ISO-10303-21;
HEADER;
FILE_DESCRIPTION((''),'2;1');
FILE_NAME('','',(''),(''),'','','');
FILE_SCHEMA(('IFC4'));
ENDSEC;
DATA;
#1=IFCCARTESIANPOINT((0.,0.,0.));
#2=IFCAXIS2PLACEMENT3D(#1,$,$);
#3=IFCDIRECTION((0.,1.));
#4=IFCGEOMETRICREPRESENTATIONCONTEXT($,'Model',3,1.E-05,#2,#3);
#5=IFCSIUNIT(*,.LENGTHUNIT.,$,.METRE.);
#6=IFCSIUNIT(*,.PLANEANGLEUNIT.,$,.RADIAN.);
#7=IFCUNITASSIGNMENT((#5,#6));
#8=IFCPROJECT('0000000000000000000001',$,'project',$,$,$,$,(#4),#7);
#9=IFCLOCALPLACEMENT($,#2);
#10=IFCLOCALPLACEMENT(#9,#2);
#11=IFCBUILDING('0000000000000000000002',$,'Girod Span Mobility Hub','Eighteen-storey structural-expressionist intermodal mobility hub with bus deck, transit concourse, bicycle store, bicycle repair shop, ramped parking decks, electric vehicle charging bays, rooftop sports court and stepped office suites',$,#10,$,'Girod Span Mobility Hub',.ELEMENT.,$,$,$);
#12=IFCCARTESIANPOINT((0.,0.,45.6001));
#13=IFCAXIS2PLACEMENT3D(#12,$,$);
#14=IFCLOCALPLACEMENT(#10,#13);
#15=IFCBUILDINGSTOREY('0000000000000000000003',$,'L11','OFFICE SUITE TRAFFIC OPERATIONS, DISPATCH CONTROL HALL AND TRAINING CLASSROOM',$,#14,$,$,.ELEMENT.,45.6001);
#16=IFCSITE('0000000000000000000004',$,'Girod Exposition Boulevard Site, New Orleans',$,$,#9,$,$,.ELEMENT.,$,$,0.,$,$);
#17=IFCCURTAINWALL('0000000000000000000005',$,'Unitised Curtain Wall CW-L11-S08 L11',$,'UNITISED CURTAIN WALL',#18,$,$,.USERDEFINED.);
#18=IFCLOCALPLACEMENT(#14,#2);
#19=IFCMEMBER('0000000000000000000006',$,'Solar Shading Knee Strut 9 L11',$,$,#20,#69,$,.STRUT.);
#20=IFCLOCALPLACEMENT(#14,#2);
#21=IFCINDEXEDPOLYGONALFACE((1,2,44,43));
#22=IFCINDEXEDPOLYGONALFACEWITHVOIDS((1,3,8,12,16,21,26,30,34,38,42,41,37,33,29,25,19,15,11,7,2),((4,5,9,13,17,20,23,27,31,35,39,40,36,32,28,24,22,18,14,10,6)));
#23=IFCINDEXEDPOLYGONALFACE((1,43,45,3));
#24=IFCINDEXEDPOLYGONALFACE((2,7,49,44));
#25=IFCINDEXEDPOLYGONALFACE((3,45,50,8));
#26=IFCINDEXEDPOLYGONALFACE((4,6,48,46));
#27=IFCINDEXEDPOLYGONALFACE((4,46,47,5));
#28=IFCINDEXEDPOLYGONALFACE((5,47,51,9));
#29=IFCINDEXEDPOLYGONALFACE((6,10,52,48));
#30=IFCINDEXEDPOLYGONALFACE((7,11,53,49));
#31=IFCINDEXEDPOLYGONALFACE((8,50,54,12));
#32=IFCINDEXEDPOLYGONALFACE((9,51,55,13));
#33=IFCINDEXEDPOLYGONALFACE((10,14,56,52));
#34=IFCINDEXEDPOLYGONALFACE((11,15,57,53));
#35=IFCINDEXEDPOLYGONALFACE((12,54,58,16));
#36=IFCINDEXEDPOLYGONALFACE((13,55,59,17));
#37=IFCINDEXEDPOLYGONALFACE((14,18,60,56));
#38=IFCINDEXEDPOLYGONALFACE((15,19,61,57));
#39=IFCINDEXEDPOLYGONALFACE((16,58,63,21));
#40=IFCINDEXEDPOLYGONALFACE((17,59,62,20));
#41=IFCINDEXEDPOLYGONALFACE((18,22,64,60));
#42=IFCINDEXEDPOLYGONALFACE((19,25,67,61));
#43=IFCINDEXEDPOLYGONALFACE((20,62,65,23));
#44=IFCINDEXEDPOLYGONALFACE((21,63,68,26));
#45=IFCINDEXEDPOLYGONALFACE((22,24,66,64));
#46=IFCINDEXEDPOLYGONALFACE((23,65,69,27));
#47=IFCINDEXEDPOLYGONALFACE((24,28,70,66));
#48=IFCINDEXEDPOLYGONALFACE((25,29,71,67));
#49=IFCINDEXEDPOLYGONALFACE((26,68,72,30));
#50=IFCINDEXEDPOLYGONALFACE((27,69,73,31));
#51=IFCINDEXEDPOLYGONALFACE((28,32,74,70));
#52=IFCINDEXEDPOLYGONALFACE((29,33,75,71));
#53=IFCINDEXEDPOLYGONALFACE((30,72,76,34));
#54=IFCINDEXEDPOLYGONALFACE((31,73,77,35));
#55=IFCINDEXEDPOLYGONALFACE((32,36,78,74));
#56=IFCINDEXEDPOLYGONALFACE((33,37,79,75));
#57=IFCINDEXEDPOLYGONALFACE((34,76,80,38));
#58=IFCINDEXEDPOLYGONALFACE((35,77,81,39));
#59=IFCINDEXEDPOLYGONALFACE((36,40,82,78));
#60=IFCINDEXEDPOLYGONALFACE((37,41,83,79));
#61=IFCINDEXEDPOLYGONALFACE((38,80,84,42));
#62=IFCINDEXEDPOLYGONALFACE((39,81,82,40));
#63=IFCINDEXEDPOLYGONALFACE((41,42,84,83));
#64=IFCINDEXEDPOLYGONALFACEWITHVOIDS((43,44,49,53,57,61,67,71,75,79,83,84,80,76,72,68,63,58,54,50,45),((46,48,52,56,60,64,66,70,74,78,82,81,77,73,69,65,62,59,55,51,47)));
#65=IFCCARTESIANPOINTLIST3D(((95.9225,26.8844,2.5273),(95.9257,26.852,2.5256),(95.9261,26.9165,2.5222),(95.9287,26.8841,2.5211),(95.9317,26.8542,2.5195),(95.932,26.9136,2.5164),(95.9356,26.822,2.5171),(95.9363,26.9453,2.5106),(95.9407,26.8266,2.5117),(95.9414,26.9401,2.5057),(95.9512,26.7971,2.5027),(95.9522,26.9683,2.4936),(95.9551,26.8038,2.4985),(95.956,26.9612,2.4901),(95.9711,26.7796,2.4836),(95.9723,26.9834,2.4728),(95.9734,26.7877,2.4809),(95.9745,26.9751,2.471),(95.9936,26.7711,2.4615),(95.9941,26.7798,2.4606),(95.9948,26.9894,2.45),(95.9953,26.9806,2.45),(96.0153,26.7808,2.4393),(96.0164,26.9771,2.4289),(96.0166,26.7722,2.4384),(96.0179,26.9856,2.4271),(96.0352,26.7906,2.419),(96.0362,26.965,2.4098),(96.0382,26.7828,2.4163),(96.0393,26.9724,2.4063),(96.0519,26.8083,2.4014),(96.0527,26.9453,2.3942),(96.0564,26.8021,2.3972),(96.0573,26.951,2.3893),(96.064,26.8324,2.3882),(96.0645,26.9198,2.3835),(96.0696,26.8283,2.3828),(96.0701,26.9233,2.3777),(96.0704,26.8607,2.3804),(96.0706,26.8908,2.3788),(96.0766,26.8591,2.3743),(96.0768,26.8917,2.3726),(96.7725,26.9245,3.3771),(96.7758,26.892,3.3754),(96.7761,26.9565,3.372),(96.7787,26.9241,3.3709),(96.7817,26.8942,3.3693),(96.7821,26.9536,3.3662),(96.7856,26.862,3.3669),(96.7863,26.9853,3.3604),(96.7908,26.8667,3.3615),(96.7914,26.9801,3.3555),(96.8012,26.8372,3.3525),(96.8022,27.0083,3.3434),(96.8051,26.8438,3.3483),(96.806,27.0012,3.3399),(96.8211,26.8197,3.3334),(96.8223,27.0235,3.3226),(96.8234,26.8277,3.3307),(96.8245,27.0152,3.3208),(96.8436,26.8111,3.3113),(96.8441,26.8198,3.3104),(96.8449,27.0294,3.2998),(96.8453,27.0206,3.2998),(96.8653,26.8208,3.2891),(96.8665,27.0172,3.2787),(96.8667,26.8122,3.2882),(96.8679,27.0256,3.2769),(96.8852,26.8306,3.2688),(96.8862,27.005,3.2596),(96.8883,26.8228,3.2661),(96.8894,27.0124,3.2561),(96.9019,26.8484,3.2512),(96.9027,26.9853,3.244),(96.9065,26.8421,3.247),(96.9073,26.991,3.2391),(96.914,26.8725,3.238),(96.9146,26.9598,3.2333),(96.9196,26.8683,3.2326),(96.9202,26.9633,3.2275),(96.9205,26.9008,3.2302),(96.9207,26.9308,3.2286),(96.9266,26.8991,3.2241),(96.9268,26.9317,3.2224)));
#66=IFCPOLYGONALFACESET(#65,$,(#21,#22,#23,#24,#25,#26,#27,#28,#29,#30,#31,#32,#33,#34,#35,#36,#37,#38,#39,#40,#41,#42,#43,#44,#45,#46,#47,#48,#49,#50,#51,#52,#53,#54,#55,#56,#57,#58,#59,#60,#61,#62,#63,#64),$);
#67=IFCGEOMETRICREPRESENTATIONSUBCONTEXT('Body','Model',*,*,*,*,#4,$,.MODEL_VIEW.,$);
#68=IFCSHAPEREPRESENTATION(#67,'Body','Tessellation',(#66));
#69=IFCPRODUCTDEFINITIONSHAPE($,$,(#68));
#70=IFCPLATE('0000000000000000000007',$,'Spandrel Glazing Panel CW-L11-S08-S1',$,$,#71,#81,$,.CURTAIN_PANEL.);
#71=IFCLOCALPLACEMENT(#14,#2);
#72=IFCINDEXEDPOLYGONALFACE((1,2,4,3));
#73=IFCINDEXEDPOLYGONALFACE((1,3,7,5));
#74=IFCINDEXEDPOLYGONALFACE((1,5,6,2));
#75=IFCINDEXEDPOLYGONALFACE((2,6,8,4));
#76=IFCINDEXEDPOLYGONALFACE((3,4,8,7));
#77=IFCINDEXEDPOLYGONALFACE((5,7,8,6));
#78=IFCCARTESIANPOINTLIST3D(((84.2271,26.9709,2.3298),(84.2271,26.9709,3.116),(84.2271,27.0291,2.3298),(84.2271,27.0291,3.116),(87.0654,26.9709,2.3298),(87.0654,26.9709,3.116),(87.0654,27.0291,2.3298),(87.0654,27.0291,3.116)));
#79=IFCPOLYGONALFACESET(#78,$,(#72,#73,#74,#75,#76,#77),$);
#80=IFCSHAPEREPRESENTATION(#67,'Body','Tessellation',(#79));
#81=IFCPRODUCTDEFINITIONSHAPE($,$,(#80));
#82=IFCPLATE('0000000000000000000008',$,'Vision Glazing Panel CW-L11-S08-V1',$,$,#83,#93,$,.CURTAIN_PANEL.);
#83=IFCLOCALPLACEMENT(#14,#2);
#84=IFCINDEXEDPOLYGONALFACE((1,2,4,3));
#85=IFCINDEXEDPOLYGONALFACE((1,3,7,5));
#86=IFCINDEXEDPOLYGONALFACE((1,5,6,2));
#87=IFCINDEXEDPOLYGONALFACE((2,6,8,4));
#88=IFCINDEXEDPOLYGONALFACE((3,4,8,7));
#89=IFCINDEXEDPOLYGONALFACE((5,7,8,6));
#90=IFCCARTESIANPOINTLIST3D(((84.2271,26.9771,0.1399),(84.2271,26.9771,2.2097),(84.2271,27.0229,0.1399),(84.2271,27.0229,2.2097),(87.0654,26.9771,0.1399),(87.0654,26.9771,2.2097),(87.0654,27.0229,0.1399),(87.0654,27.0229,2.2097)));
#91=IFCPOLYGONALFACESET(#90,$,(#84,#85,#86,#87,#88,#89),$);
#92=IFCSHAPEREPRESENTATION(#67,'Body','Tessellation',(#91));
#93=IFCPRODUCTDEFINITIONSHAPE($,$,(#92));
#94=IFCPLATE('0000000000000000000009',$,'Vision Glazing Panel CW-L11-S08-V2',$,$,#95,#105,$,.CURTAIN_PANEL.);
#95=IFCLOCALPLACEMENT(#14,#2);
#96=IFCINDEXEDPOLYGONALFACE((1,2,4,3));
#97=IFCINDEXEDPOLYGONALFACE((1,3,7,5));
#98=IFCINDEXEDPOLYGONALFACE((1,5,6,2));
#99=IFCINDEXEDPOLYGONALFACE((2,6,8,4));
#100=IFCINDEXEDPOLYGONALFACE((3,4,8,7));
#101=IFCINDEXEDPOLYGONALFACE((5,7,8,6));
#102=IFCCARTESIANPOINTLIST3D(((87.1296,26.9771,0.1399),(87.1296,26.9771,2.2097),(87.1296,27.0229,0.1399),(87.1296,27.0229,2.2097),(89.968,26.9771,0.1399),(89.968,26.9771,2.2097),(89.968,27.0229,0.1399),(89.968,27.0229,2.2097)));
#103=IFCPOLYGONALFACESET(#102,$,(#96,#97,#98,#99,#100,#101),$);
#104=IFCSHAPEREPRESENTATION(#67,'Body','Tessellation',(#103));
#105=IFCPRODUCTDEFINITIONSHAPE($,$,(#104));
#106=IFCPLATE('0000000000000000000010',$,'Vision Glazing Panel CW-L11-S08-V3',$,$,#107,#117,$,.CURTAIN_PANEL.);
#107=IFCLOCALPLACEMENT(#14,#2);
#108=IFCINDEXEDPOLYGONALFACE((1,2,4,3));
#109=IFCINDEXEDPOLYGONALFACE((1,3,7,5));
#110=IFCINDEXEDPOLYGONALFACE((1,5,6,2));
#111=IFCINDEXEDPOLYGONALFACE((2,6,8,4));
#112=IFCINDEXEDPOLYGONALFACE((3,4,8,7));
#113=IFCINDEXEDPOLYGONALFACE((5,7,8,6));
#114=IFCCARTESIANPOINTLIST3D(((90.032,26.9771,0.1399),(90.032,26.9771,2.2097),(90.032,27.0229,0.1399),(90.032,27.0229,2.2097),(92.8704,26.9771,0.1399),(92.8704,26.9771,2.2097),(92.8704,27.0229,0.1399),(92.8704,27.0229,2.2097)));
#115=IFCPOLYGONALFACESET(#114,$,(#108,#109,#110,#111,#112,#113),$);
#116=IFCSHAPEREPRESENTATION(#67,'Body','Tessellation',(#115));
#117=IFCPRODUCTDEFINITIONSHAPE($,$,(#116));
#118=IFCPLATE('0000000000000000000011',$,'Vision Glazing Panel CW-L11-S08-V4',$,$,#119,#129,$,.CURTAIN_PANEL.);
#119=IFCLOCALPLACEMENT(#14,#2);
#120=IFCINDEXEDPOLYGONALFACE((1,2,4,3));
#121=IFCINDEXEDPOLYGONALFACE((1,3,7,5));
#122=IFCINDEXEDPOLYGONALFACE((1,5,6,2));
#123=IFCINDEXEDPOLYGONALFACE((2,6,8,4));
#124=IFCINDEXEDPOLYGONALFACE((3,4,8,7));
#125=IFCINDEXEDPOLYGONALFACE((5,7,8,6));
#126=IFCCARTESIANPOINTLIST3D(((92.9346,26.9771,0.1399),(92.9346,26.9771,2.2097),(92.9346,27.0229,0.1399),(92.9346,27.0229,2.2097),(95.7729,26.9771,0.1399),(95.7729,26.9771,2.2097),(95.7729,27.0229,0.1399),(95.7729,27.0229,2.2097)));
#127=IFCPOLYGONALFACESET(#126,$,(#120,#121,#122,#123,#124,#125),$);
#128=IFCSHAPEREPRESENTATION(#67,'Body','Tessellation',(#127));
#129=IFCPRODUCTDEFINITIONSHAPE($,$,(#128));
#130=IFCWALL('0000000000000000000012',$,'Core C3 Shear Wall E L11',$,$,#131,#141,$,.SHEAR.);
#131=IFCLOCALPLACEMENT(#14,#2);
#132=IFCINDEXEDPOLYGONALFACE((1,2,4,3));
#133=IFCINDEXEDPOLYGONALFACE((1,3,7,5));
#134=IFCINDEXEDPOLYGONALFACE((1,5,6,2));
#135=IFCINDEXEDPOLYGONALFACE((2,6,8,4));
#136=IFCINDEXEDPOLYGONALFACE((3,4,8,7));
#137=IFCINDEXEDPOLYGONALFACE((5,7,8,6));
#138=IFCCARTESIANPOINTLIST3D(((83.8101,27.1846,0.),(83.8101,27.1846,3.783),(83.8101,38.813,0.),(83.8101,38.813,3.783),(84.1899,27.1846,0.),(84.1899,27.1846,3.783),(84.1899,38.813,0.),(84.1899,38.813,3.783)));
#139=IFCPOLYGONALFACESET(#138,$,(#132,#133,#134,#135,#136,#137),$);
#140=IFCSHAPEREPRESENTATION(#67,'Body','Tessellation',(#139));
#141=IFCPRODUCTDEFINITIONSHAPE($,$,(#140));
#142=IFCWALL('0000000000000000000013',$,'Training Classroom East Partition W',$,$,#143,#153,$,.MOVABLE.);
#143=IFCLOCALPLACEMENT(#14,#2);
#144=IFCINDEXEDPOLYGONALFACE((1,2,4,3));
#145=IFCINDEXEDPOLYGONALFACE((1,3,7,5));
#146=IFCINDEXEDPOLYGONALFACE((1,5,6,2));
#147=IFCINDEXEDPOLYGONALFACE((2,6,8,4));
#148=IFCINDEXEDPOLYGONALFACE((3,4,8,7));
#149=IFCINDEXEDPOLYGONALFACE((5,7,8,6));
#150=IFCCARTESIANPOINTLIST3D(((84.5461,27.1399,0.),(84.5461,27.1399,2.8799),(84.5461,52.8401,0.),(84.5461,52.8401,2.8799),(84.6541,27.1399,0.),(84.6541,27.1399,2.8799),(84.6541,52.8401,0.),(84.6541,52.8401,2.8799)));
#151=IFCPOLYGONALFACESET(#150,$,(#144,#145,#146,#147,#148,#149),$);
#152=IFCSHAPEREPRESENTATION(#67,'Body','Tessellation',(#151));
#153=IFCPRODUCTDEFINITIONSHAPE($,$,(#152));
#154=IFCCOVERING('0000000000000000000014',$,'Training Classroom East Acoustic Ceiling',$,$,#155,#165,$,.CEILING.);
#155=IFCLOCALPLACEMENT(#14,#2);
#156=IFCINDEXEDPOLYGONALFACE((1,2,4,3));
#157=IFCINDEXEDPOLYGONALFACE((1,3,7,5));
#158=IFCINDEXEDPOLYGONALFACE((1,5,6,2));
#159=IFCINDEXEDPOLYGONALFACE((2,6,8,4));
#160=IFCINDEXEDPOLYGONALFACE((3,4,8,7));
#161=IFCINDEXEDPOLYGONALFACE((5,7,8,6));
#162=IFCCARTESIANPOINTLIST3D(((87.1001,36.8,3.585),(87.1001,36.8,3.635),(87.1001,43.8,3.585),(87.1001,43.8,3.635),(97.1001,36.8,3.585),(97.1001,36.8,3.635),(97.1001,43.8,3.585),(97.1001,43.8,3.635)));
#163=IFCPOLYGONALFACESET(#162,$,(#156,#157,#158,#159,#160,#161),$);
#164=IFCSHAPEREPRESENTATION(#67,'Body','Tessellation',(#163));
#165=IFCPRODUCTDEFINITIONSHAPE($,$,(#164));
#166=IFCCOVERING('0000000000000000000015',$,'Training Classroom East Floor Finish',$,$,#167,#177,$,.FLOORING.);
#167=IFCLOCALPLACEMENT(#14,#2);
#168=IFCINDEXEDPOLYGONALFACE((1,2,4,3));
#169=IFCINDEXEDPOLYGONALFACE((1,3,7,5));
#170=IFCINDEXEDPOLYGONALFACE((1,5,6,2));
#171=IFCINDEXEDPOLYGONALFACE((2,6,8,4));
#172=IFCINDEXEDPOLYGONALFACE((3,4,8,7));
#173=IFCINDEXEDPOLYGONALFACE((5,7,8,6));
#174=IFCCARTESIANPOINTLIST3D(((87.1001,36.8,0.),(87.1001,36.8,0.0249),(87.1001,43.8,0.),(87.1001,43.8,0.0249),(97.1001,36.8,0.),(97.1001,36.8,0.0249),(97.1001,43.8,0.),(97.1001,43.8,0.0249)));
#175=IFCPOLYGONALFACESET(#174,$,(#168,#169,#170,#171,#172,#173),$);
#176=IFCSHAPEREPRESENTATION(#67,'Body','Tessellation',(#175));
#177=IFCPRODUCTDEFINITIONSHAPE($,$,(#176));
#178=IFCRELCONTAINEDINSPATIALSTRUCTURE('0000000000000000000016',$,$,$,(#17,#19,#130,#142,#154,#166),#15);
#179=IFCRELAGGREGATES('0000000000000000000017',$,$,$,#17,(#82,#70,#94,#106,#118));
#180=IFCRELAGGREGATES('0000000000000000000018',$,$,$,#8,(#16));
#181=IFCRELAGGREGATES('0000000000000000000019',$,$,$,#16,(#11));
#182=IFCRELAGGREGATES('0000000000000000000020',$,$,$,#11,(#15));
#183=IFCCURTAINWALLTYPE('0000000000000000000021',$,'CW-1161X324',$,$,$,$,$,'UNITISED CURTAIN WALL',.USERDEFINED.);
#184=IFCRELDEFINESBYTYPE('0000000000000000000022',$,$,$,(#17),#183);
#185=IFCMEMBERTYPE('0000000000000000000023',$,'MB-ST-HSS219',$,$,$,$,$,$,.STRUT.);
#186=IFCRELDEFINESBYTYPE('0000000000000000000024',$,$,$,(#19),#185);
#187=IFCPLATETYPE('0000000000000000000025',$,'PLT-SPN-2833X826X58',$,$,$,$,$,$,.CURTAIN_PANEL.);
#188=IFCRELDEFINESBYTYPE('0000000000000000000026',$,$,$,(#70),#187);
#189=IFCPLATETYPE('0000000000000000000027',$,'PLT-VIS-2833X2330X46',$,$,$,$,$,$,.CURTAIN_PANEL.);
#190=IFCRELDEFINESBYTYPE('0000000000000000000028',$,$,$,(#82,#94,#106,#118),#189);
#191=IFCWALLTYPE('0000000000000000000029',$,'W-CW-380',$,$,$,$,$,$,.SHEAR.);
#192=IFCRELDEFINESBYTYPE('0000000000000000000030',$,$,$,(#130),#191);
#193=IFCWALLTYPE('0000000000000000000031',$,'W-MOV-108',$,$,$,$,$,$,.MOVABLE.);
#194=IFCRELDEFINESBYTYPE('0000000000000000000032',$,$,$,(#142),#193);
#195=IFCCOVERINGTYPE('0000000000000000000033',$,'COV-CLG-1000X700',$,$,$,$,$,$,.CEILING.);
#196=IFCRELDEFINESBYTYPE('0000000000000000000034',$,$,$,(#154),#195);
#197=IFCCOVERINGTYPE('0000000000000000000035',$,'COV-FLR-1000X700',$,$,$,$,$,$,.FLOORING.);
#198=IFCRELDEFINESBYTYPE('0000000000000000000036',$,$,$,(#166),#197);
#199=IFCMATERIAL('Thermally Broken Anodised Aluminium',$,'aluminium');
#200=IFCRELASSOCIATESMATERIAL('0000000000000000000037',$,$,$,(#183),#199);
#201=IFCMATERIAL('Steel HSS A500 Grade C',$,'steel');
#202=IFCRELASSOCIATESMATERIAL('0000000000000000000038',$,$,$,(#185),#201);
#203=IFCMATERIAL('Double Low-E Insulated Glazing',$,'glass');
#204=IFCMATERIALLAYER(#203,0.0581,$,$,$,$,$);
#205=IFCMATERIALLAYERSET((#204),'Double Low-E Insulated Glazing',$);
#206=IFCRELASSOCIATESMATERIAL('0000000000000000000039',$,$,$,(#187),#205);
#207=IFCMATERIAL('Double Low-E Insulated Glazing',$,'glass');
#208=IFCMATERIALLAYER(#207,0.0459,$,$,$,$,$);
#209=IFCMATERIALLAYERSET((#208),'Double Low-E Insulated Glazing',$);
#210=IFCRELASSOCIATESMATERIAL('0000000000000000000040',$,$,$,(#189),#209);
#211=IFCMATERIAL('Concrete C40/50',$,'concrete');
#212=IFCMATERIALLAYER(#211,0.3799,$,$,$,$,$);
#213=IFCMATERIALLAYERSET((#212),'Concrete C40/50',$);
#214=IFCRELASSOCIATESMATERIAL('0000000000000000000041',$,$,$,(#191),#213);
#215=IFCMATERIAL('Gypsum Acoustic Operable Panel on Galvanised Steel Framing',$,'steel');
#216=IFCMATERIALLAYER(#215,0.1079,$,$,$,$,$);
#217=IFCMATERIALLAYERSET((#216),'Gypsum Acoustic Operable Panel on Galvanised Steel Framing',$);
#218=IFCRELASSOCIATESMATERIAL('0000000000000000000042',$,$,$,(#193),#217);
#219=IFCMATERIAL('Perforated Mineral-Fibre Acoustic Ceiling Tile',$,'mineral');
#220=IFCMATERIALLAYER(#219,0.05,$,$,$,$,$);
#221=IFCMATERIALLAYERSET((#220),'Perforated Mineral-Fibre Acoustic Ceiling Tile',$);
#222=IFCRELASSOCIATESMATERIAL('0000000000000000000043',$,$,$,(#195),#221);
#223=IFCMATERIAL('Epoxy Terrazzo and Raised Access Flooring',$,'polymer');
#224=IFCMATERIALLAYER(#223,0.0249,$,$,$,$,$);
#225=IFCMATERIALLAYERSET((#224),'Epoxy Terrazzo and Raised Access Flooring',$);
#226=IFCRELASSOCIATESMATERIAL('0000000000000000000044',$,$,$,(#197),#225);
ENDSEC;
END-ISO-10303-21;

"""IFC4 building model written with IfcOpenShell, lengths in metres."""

from ifc_helpers import new_model, si_unit, direction, frame, frame_2d, origin, origin_2d, place, context, subcontext, project, spatial, rectangle, hollow_circle, extrude, material, layer, layer_set, material_profile, profile_set, type_object, element, aggregate, save


model = new_model("IFC4")

# Units and contexts
model_context = context("Model", 3, precision=1e-05, world=origin(), true_north=direction((0.0, 1.0)))
body_context = subcontext(model_context, "Body", "Model", "MODEL_VIEW")
ifc_project = project(units=[si_unit("LENGTHUNIT", "METRE"), si_unit("PLANEANGLEUNIT", "RADIAN")], contexts=[model_context])

# Site, building, storey
site_placement = place(None, origin())
site = spatial("IfcSite", under=ifc_project, at=site_placement, Name="Girod Exposition Boulevard Site, New Orleans", CompositionType="ELEMENT", RefElevation=0.0)
building_placement = place(site_placement, origin())
building = spatial("IfcBuilding", under=site, at=building_placement, Name="Girod Span Mobility Hub", Description="Eighteen-storey structural-expressionist intermodal mobility hub with bus deck, transit concourse, bicycle store, bicycle repair shop, ramped parking decks, electric vehicle charging bays, rooftop sports court and stepped office suites", LongName="Girod Span Mobility Hub", CompositionType="ELEMENT")
storey_placement = place(building_placement, frame((0.0, 0.0, 45.6001)))
storey = spatial("IfcBuildingStorey", under=building, at=storey_placement, Name="L11", Description="OFFICE SUITE TRAFFIC OPERATIONS, DISPATCH CONTROL HALL AND TRAINING CLASSROOM", CompositionType="ELEMENT", Elevation=45.6001)

# Curtain wall
ifc_material_1 = material(Name="Thermally Broken Anodised Aluminium", Category="aluminium")
curtain_wall_type = type_object("IfcCurtainWallType", Name="CW-1161X324", ElementType="UNITISED CURTAIN WALL", PredefinedType="USERDEFINED", material=ifc_material_1)
curtain_wall_placement = place(storey_placement, origin())
curtain_wall = element("IfcCurtainWall", 1, at=curtain_wall_placement, inside=storey, type_object=curtain_wall_type, Name="Unitised Curtain Wall CW-L11-S08 L11", ObjectType="UNITISED CURTAIN WALL", PredefinedType="USERDEFINED")

# Member
ifc_material_2 = material(Name="Steel HSS A500 Grade C", Category="steel")
ifc_material_profile_1 = material_profile(ifc_material_2, hollow_circle(Radius=0.1096, WallThickness=0.0088, at=origin_2d()), Name="HSS219X9.5")
ifc_profile_set_1 = profile_set([ifc_material_profile_1], Name="Steel HSS A500 Grade C")
member_type_1 = type_object("IfcMemberType", Name="MB-ST-HSS219", PredefinedType="STRUT", material=ifc_profile_set_1)
for number, where, z_axis, x_axis, name in (
    (2, (96.0, 26.8799, 2.45), (0.706816, 0.033291, 0.706613), (-0.047047, 0.998893, 0.0), "Solar Shading Knee Strut 9 L11"),
):
    element("IfcMember", number, at=place(storey_placement, frame(where, z_axis=z_axis, x_axis=x_axis)), inside=storey, type_object=member_type_1, Name=name, PredefinedType="STRUT", context=body_context, shape_type="SweptSolid", body=[
        extrude(hollow_circle(Radius=0.1096, WallThickness=0.0088, at=origin_2d()), origin(), (0.0, 0.0, 1.0), 1.2026),
    ])

# Plates
ifc_material_3 = material(Name="Double Low-E Insulated Glazing", Category="glass")
ifc_layer_1 = layer(ifc_material_3, 0.0581)
ifc_layer_set_1 = layer_set([ifc_layer_1], Name="Double Low-E Insulated Glazing")
plate_type_1 = type_object("IfcPlateType", Name="PLT-SPN-2833X826X58", PredefinedType="CURTAIN_PANEL", material=ifc_layer_set_1)
plate_1_placement = place(storey_placement, frame((85.6462, 27.0, 2.3298), z_axis=(0.0, 0.0, 1.0), x_axis=(1.0, 0.0, 0.0)))
plate_1 = element("IfcPlate", 3, at=plate_1_placement, type_object=plate_type_1, Name="Spandrel Glazing Panel CW-L11-S08-S1", PredefinedType="CURTAIN_PANEL", context=body_context, shape_type="SweptSolid", body=[
    extrude(rectangle(XDim=2.8384, YDim=0.0581, at=origin_2d()), origin(), (0.0, 0.0, 1.0), 0.7861),
])
ifc_material_4 = material(Name="Double Low-E Insulated Glazing", Category="glass")
ifc_layer_2 = layer(ifc_material_4, 0.0459)
ifc_layer_set_2 = layer_set([ifc_layer_2], Name="Double Low-E Insulated Glazing")
plate_type_2 = type_object("IfcPlateType", Name="PLT-VIS-2833X2330X46", PredefinedType="CURTAIN_PANEL", material=ifc_layer_set_2)
plate_2_placement = place(storey_placement, frame((85.6462, 27.0, 0.1399), z_axis=(0.0, 0.0, 1.0), x_axis=(1.0, 0.0, 0.0)))
plate_2 = element("IfcPlate", 4, at=plate_2_placement, type_object=plate_type_2, Name="Vision Glazing Panel CW-L11-S08-V1", PredefinedType="CURTAIN_PANEL", context=body_context, shape_type="SweptSolid", body=[
    extrude(rectangle(XDim=2.8384, YDim=0.0459, at=origin_2d()), origin(), (0.0, 0.0, 1.0), 2.0698),
])
plate_3_placement = place(storey_placement, frame((88.5488, 27.0, 0.1399), z_axis=(0.0, 0.0, 1.0), x_axis=(1.0, 0.0, 0.0)))
plate_3 = element("IfcPlate", 5, at=plate_3_placement, type_object=plate_type_2, Name="Vision Glazing Panel CW-L11-S08-V2", PredefinedType="CURTAIN_PANEL", context=body_context, shape_type="SweptSolid", body=[
    extrude(rectangle(XDim=2.8384, YDim=0.0459, at=origin_2d()), origin(), (0.0, 0.0, 1.0), 2.0698),
])
plate_4_placement = place(storey_placement, frame((91.4512, 27.0, 0.1399), z_axis=(0.0, 0.0, 1.0), x_axis=(1.0, 0.0, 0.0)))
plate_4 = element("IfcPlate", 6, at=plate_4_placement, type_object=plate_type_2, Name="Vision Glazing Panel CW-L11-S08-V3", PredefinedType="CURTAIN_PANEL", context=body_context, shape_type="SweptSolid", body=[
    extrude(rectangle(XDim=2.8384, YDim=0.0459, at=origin_2d()), origin(), (0.0, 0.0, 1.0), 2.0698),
])
plate_5_placement = place(storey_placement, frame((94.3538, 27.0, 0.1399), z_axis=(0.0, 0.0, 1.0), x_axis=(1.0, 0.0, 0.0)))
plate_5 = element("IfcPlate", 7, at=plate_5_placement, type_object=plate_type_2, Name="Vision Glazing Panel CW-L11-S08-V4", PredefinedType="CURTAIN_PANEL", context=body_context, shape_type="SweptSolid", body=[
    extrude(rectangle(XDim=2.8384, YDim=0.0459, at=origin_2d()), origin(), (0.0, 0.0, 1.0), 2.0698),
])
aggregate(curtain_wall, [plate_2, plate_1, plate_3, plate_4, plate_5])

# Walls
ifc_material_5 = material(Name="Concrete C40/50", Category="concrete")
ifc_layer_3 = layer(ifc_material_5, 0.3799)
ifc_layer_set_3 = layer_set([ifc_layer_3], Name="Concrete C40/50")
wall_type_1 = type_object("IfcWallType", Name="W-CW-380", PredefinedType="SHEAR", material=ifc_layer_set_3)
wall_1_placement = place(storey_placement, frame((84.0, 27.1846, 0.0), z_axis=(0.0, 0.0, 1.0), x_axis=(0.0, 1.0, 0.0)))
element("IfcWall", 8, at=wall_1_placement, inside=storey, type_object=wall_type_1, Name="Core C3 Shear Wall E L11", PredefinedType="SHEAR", context=body_context, shape_type="SweptSolid", body=[
    extrude(rectangle(XDim=11.6284, YDim=0.3799, at=frame_2d((5.8142, 0.0))), origin(), (0.0, 0.0, 1.0), 3.783),
])
ifc_material_6 = material(Name="Gypsum Acoustic Operable Panel on Galvanised Steel Framing", Category="steel")
ifc_layer_4 = layer(ifc_material_6, 0.1079)
ifc_layer_set_4 = layer_set([ifc_layer_4], Name="Gypsum Acoustic Operable Panel on Galvanised Steel Framing")
wall_type_2 = type_object("IfcWallType", Name="W-MOV-108", PredefinedType="MOVABLE", material=ifc_layer_set_4)
wall_2_placement = place(storey_placement, frame((84.6001, 27.1399, 0.0), z_axis=(0.0, 0.0, 1.0), x_axis=(0.0, 1.0, 0.0)))
element("IfcWall", 9, at=wall_2_placement, inside=storey, type_object=wall_type_2, Name="Training Classroom East Partition W", PredefinedType="MOVABLE", context=body_context, shape_type="SweptSolid", body=[
    extrude(rectangle(XDim=25.7002, YDim=0.1079, at=frame_2d((12.8501, 0.0))), origin(), (0.0, 0.0, 1.0), 2.8799),
])

# Coverings
ifc_material_7 = material(Name="Perforated Mineral-Fibre Acoustic Ceiling Tile", Category="mineral")
ifc_layer_5 = layer(ifc_material_7, 0.05)
ifc_layer_set_5 = layer_set([ifc_layer_5], Name="Perforated Mineral-Fibre Acoustic Ceiling Tile")
covering_type_1 = type_object("IfcCoveringType", Name="COV-CLG-1000X700", PredefinedType="CEILING", material=ifc_layer_set_5)
covering_1_placement = place(storey_placement, frame((92.1001, 40.3, 3.585), z_axis=(0.0, 0.0, 1.0), x_axis=(1.0, 0.0, 0.0)))
element("IfcCovering", 10, at=covering_1_placement, inside=storey, type_object=covering_type_1, Name="Training Classroom East Acoustic Ceiling", PredefinedType="CEILING", context=body_context, shape_type="SweptSolid", body=[
    extrude(rectangle(XDim=10.0, YDim=7.0, at=origin_2d()), origin(), (0.0, 0.0, 1.0), 0.05),
])
ifc_material_8 = material(Name="Epoxy Terrazzo and Raised Access Flooring", Category="polymer")
ifc_layer_6 = layer(ifc_material_8, 0.0249)
ifc_layer_set_6 = layer_set([ifc_layer_6], Name="Epoxy Terrazzo and Raised Access Flooring")
covering_type_2 = type_object("IfcCoveringType", Name="COV-FLR-1000X700", PredefinedType="FLOORING", material=ifc_layer_set_6)
covering_2_placement = place(storey_placement, frame((92.1001, 40.3, 0.0), z_axis=(0.0, 0.0, 1.0), x_axis=(1.0, 0.0, 0.0)))
element("IfcCovering", 11, at=covering_2_placement, inside=storey, type_object=covering_type_2, Name="Training Classroom East Floor Finish", PredefinedType="FLOORING", context=body_context, shape_type="SweptSolid", body=[
    extrude(rectangle(XDim=10.0, YDim=7.0, at=origin_2d()), origin(), (0.0, 0.0, 1.0), 0.0249),
])

save(model, "model.ifc")
